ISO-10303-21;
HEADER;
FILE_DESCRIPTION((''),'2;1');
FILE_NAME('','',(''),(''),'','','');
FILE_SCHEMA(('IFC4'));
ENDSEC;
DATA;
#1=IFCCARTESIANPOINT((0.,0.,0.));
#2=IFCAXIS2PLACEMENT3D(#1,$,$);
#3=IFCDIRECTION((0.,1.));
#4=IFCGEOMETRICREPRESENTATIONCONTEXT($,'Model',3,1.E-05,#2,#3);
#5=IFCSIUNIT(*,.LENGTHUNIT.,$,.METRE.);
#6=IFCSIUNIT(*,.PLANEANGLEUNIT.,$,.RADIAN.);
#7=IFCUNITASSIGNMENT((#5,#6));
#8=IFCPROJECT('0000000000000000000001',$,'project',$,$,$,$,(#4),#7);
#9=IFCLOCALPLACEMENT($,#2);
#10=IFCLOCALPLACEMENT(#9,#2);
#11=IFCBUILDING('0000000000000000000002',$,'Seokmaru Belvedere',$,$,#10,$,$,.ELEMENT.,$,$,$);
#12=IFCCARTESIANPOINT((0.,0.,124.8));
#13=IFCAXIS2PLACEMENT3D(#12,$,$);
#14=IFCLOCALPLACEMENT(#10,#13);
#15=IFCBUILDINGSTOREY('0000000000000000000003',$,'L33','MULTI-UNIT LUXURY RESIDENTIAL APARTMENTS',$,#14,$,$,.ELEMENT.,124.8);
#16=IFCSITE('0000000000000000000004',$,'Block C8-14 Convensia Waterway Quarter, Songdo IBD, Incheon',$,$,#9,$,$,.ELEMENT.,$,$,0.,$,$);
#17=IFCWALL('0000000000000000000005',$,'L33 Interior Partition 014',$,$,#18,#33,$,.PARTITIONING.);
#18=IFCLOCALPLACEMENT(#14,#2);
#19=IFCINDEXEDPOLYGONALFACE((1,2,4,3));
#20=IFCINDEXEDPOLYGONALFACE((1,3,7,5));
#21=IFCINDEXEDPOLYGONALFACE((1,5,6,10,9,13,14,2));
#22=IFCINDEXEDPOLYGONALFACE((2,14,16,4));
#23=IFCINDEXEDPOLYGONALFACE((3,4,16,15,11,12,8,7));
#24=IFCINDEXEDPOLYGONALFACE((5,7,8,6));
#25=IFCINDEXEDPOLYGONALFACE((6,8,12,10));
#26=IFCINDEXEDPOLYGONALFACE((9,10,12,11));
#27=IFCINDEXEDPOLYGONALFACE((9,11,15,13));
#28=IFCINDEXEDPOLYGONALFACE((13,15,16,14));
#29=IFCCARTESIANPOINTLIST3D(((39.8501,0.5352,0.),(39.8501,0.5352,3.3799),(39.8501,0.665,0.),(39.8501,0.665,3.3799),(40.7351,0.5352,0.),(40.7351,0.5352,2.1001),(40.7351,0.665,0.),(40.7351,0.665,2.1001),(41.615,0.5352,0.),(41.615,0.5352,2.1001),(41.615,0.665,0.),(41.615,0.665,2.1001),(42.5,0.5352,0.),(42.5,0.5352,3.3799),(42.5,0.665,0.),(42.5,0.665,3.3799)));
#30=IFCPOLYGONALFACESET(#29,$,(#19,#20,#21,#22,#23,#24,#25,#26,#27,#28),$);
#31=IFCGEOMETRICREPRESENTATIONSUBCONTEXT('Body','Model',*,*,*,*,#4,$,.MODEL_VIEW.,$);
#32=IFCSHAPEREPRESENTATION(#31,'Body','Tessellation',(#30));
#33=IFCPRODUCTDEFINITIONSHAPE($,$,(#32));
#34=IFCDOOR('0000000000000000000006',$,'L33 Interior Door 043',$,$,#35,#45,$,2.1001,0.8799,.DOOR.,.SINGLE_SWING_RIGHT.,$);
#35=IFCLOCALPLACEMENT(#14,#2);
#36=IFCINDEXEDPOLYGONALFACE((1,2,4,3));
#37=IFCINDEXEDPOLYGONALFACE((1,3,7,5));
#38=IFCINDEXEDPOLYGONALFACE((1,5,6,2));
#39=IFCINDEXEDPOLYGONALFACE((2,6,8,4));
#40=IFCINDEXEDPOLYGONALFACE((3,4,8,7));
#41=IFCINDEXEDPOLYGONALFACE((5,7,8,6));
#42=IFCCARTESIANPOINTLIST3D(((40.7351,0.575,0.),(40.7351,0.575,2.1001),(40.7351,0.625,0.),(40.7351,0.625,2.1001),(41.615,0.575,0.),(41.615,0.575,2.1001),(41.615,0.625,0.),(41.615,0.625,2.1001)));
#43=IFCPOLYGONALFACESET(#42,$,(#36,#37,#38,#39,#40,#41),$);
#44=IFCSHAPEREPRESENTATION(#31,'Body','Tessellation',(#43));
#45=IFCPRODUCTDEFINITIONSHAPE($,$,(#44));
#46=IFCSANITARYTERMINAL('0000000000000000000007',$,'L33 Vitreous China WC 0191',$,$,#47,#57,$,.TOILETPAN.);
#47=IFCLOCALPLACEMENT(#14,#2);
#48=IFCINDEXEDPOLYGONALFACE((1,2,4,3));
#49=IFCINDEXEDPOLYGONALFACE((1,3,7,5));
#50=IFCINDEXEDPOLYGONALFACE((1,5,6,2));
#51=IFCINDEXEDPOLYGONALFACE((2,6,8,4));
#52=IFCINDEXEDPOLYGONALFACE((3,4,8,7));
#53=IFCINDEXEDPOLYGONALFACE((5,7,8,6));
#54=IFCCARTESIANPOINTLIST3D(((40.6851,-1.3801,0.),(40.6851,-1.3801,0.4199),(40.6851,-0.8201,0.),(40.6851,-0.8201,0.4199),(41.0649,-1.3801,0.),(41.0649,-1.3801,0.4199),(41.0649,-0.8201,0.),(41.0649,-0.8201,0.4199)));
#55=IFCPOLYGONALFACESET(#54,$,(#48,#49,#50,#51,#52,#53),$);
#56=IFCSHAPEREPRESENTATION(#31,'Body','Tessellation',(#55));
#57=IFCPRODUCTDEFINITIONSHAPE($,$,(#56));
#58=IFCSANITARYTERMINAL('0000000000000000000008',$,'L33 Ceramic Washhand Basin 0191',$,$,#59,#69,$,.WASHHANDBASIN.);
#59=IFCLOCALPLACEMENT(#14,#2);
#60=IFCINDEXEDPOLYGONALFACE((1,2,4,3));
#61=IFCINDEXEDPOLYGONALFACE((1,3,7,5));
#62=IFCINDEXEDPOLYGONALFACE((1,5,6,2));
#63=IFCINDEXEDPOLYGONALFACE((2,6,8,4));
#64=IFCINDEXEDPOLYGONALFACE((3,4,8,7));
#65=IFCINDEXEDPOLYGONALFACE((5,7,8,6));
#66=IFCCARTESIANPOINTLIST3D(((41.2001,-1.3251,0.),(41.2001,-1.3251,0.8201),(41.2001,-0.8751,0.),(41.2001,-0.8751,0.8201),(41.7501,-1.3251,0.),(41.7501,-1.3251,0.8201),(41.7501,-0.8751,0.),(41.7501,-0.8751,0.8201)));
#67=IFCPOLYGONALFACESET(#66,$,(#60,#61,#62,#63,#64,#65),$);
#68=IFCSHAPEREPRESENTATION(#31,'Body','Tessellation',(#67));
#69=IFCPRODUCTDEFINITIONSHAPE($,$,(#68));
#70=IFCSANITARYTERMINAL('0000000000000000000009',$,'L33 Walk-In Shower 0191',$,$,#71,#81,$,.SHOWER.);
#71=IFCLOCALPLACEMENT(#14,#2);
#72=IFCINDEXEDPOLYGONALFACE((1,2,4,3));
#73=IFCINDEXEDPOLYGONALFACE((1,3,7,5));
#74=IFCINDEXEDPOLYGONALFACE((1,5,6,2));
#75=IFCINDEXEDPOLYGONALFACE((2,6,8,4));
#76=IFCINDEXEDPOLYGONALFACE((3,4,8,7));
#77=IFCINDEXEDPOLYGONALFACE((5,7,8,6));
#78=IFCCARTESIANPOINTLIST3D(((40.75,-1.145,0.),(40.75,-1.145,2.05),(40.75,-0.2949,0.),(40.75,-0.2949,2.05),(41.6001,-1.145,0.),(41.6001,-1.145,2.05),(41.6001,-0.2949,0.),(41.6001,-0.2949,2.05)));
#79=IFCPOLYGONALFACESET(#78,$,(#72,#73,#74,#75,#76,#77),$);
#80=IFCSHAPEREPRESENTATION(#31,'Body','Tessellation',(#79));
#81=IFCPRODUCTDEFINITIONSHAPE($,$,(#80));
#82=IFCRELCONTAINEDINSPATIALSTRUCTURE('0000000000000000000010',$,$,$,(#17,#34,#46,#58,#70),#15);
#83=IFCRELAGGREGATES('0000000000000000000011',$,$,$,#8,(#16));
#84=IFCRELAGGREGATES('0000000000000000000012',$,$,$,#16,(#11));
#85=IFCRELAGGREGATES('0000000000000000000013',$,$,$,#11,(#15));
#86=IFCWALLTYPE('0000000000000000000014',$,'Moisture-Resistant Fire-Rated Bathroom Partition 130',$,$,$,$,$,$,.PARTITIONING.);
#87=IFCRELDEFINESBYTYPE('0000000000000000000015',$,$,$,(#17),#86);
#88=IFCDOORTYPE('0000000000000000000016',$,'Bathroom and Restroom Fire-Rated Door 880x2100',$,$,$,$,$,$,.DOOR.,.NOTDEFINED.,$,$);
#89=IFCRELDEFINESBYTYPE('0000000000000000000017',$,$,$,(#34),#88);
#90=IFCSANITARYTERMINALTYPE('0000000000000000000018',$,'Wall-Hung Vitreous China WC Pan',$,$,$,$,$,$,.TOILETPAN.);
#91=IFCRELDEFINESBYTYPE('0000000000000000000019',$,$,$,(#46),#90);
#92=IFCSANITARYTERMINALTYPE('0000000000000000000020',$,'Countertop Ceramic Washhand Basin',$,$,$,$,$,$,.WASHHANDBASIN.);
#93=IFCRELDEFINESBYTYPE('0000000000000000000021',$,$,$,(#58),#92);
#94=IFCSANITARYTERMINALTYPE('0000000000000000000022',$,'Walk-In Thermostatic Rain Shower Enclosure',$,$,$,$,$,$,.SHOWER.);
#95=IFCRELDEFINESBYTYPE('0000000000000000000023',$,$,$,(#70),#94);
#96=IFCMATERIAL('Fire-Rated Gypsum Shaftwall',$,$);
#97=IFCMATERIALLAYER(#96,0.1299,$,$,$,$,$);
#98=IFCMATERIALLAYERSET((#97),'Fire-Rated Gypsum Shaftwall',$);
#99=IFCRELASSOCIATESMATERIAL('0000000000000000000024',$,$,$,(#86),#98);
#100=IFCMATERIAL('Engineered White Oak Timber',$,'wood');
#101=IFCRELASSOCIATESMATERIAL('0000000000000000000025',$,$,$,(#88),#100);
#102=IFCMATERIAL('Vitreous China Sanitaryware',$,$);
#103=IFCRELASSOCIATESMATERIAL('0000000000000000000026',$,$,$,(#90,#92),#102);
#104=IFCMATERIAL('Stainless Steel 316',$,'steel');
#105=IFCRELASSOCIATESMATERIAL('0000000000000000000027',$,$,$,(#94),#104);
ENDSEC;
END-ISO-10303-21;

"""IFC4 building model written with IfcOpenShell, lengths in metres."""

from ifc_helpers import new_model, si_unit, direction, frame, frame_2d, origin, origin_2d, place, context, subcontext, project, spatial, rectangle, extrude, source, transform, mapped, material, layer, layer_set, type_object, type_shapes, element, fill, save


model = new_model("IFC4")

# Units and contexts
model_context = context("Model", 3, precision=1e-05, world=origin(), true_north=direction((0.0, 1.0)))
body_context = subcontext(model_context, "Body", "Model", "MODEL_VIEW")
ifc_project = project(units=[si_unit("LENGTHUNIT", "METRE"), si_unit("PLANEANGLEUNIT", "RADIAN")], contexts=[model_context])

# Site, building, storey
site_placement = place(None, origin())
site = spatial("IfcSite", under=ifc_project, at=site_placement, Name="Block C8-14 Convensia Waterway Quarter, Songdo IBD, Incheon", CompositionType="ELEMENT", RefElevation=0.0)
building_placement = place(site_placement, origin())
building = spatial("IfcBuilding", under=site, at=building_placement, Name="Seokmaru Belvedere", CompositionType="ELEMENT")
storey_placement = place(building_placement, frame((0.0, 0.0, 124.8)))
storey = spatial("IfcBuildingStorey", under=building, at=storey_placement, Name="L33", Description="MULTI-UNIT LUXURY RESIDENTIAL APARTMENTS", CompositionType="ELEMENT", Elevation=124.8)

# Shared definitions
ifc_material_1 = material(Name="Fire-Rated Gypsum Shaftwall")
ifc_material_2 = material(Name="Engineered White Oak Timber", Category="wood")

# Wall, opening, door
ifc_layer_1 = layer(ifc_material_1, 0.1299)
ifc_layer_set_1 = layer_set([ifc_layer_1], Name="Fire-Rated Gypsum Shaftwall")
wall_type_1 = type_object("IfcWallType", Name="Moisture-Resistant Fire-Rated Bathroom Partition 130", PredefinedType="PARTITIONING", material=ifc_layer_set_1)
wall_1_placement = place(storey_placement, frame((39.8501, 0.6001, 0.0), z_axis=(0.0, 0.0, 1.0), x_axis=(1.0, 0.0, 0.0)))
wall_1 = element("IfcWall", 1, at=wall_1_placement, inside=storey, type_object=wall_type_1, Name="L33 Interior Partition 014", PredefinedType="PARTITIONING", context=body_context, shape_type="SweptSolid", body=[
    extrude(rectangle(XDim=2.6499, YDim=0.1299, at=frame_2d((1.325, 0.0))), origin(), (0.0, 0.0, 1.0), 3.3799),
])
opening_1_placement = place(wall_1_placement, frame((0.885, 0.0, 0.0)))
opening_1 = element("IfcOpeningElement", 2, at=opening_1_placement, cuts=wall_1, PredefinedType="OPENING", context=body_context, shape_type="SweptSolid", body=[
    extrude(rectangle(XDim=0.8799, YDim=2.1001, at=frame_2d((0.4399, 1.05))), frame((0.0, 0.075, 0.0), z_axis=(0.0, -1.0, 0.0), x_axis=(1.0, 0.0, 0.0)), (0.0, 0.0, 1.0), 0.1499),
])
door_type_1 = type_object("IfcDoorType", Name="Bathroom and Restroom Fire-Rated Door 880x2100", OperationType="NOTDEFINED", PredefinedType="DOOR", material=ifc_material_2)
shared_shape_1 = source(origin(), body_context, "Body", "SweptSolid", [
    extrude(rectangle(XDim=0.8799, YDim=2.1001, at=frame_2d((0.4399, 1.05))), frame((0.0, 0.0249, 0.0), z_axis=(0.0, -1.0, 0.0), x_axis=(1.0, 0.0, 0.0)), (0.0, 0.0, 1.0), 0.05),
])
type_shapes(door_type_1, [shared_shape_1])
door_1_placement = place(opening_1_placement, origin())
door_1 = element("IfcDoor", 3, at=door_1_placement, inside=storey, type_object=door_type_1, Name="L33 Interior Door 043", OperationType="SINGLE_SWING_RIGHT", OverallHeight=2.1001, OverallWidth=0.8799, PredefinedType="DOOR", context=body_context, shape_type="MappedRepresentation", body=[
    mapped(shared_shape_1, transform((0.0, 0.0, 0.0), scale=1.0)),
])
fill(opening_1, door_1)

# Sanitary terminals
ifc_material_3 = material(Name="Vitreous China Sanitaryware")
sanitary_terminal_type_1 = type_object("IfcSanitaryTerminalType", Name="Wall-Hung Vitreous China WC Pan", PredefinedType="TOILETPAN", material=ifc_material_3)
shared_shape_2 = source(origin(), body_context, "Body", "SweptSolid", [
    extrude(rectangle(XDim=0.3799, YDim=0.5601, at=origin_2d()), origin(), (0.0, 0.0, 1.0), 0.4199),
])
type_shapes(sanitary_terminal_type_1, [shared_shape_2])
sanitary_terminal_1_placement = place(storey_placement, frame((40.875, -1.1001, 0.0), z_axis=(0.0, 0.0, 1.0), x_axis=(1.0, 0.0, 0.0)))
element("IfcSanitaryTerminal", 4, at=sanitary_terminal_1_placement, inside=storey, type_object=sanitary_terminal_type_1, Name="L33 Vitreous China WC 0191", PredefinedType="TOILETPAN", context=body_context, shape_type="MappedRepresentation", body=[
    mapped(shared_shape_2, transform((0.0, 0.0, 0.0), scale=1.0)),
])
sanitary_terminal_type_2 = type_object("IfcSanitaryTerminalType", Name="Countertop Ceramic Washhand Basin", PredefinedType="WASHHANDBASIN", material=ifc_material_3)
shared_shape_3 = source(origin(), body_context, "Body", "SweptSolid", [
    extrude(rectangle(XDim=0.55, YDim=0.45, at=origin_2d()), origin(), (0.0, 0.0, 1.0), 0.8201),
])
type_shapes(sanitary_terminal_type_2, [shared_shape_3])
sanitary_terminal_2_placement = place(storey_placement, frame((41.4751, -1.1001, 0.0), z_axis=(0.0, 0.0, 1.0), x_axis=(1.0, 0.0, 0.0)))
element("IfcSanitaryTerminal", 5, at=sanitary_terminal_2_placement, inside=storey, type_object=sanitary_terminal_type_2, Name="L33 Ceramic Washhand Basin 0191", PredefinedType="WASHHANDBASIN", context=body_context, shape_type="MappedRepresentation", body=[
    mapped(shared_shape_3, transform((0.0, 0.0, 0.0), scale=1.0)),
])
ifc_material_4 = material(Name="Stainless Steel 316", Category="steel")
sanitary_terminal_type_3 = type_object("IfcSanitaryTerminalType", Name="Walk-In Thermostatic Rain Shower Enclosure", PredefinedType="SHOWER", material=ifc_material_4)
shared_shape_4 = source(origin(), body_context, "Body", "SweptSolid", [
    extrude(rectangle(XDim=0.8501, YDim=0.8501, at=origin_2d()), origin(), (0.0, 0.0, 1.0), 2.05),
])
type_shapes(sanitary_terminal_type_3, [shared_shape_4])
sanitary_terminal_3_placement = place(storey_placement, frame((41.175, -0.72, 0.0), z_axis=(0.0, 0.0, 1.0), x_axis=(1.0, 0.0, 0.0)))
element("IfcSanitaryTerminal", 6, at=sanitary_terminal_3_placement, inside=storey, type_object=sanitary_terminal_type_3, Name="L33 Walk-In Shower 0191", PredefinedType="SHOWER", context=body_context, shape_type="MappedRepresentation", body=[
    mapped(shared_shape_4, transform((0.0, 0.0, 0.0), scale=1.0)),
])

save(model, "model.ifc")
